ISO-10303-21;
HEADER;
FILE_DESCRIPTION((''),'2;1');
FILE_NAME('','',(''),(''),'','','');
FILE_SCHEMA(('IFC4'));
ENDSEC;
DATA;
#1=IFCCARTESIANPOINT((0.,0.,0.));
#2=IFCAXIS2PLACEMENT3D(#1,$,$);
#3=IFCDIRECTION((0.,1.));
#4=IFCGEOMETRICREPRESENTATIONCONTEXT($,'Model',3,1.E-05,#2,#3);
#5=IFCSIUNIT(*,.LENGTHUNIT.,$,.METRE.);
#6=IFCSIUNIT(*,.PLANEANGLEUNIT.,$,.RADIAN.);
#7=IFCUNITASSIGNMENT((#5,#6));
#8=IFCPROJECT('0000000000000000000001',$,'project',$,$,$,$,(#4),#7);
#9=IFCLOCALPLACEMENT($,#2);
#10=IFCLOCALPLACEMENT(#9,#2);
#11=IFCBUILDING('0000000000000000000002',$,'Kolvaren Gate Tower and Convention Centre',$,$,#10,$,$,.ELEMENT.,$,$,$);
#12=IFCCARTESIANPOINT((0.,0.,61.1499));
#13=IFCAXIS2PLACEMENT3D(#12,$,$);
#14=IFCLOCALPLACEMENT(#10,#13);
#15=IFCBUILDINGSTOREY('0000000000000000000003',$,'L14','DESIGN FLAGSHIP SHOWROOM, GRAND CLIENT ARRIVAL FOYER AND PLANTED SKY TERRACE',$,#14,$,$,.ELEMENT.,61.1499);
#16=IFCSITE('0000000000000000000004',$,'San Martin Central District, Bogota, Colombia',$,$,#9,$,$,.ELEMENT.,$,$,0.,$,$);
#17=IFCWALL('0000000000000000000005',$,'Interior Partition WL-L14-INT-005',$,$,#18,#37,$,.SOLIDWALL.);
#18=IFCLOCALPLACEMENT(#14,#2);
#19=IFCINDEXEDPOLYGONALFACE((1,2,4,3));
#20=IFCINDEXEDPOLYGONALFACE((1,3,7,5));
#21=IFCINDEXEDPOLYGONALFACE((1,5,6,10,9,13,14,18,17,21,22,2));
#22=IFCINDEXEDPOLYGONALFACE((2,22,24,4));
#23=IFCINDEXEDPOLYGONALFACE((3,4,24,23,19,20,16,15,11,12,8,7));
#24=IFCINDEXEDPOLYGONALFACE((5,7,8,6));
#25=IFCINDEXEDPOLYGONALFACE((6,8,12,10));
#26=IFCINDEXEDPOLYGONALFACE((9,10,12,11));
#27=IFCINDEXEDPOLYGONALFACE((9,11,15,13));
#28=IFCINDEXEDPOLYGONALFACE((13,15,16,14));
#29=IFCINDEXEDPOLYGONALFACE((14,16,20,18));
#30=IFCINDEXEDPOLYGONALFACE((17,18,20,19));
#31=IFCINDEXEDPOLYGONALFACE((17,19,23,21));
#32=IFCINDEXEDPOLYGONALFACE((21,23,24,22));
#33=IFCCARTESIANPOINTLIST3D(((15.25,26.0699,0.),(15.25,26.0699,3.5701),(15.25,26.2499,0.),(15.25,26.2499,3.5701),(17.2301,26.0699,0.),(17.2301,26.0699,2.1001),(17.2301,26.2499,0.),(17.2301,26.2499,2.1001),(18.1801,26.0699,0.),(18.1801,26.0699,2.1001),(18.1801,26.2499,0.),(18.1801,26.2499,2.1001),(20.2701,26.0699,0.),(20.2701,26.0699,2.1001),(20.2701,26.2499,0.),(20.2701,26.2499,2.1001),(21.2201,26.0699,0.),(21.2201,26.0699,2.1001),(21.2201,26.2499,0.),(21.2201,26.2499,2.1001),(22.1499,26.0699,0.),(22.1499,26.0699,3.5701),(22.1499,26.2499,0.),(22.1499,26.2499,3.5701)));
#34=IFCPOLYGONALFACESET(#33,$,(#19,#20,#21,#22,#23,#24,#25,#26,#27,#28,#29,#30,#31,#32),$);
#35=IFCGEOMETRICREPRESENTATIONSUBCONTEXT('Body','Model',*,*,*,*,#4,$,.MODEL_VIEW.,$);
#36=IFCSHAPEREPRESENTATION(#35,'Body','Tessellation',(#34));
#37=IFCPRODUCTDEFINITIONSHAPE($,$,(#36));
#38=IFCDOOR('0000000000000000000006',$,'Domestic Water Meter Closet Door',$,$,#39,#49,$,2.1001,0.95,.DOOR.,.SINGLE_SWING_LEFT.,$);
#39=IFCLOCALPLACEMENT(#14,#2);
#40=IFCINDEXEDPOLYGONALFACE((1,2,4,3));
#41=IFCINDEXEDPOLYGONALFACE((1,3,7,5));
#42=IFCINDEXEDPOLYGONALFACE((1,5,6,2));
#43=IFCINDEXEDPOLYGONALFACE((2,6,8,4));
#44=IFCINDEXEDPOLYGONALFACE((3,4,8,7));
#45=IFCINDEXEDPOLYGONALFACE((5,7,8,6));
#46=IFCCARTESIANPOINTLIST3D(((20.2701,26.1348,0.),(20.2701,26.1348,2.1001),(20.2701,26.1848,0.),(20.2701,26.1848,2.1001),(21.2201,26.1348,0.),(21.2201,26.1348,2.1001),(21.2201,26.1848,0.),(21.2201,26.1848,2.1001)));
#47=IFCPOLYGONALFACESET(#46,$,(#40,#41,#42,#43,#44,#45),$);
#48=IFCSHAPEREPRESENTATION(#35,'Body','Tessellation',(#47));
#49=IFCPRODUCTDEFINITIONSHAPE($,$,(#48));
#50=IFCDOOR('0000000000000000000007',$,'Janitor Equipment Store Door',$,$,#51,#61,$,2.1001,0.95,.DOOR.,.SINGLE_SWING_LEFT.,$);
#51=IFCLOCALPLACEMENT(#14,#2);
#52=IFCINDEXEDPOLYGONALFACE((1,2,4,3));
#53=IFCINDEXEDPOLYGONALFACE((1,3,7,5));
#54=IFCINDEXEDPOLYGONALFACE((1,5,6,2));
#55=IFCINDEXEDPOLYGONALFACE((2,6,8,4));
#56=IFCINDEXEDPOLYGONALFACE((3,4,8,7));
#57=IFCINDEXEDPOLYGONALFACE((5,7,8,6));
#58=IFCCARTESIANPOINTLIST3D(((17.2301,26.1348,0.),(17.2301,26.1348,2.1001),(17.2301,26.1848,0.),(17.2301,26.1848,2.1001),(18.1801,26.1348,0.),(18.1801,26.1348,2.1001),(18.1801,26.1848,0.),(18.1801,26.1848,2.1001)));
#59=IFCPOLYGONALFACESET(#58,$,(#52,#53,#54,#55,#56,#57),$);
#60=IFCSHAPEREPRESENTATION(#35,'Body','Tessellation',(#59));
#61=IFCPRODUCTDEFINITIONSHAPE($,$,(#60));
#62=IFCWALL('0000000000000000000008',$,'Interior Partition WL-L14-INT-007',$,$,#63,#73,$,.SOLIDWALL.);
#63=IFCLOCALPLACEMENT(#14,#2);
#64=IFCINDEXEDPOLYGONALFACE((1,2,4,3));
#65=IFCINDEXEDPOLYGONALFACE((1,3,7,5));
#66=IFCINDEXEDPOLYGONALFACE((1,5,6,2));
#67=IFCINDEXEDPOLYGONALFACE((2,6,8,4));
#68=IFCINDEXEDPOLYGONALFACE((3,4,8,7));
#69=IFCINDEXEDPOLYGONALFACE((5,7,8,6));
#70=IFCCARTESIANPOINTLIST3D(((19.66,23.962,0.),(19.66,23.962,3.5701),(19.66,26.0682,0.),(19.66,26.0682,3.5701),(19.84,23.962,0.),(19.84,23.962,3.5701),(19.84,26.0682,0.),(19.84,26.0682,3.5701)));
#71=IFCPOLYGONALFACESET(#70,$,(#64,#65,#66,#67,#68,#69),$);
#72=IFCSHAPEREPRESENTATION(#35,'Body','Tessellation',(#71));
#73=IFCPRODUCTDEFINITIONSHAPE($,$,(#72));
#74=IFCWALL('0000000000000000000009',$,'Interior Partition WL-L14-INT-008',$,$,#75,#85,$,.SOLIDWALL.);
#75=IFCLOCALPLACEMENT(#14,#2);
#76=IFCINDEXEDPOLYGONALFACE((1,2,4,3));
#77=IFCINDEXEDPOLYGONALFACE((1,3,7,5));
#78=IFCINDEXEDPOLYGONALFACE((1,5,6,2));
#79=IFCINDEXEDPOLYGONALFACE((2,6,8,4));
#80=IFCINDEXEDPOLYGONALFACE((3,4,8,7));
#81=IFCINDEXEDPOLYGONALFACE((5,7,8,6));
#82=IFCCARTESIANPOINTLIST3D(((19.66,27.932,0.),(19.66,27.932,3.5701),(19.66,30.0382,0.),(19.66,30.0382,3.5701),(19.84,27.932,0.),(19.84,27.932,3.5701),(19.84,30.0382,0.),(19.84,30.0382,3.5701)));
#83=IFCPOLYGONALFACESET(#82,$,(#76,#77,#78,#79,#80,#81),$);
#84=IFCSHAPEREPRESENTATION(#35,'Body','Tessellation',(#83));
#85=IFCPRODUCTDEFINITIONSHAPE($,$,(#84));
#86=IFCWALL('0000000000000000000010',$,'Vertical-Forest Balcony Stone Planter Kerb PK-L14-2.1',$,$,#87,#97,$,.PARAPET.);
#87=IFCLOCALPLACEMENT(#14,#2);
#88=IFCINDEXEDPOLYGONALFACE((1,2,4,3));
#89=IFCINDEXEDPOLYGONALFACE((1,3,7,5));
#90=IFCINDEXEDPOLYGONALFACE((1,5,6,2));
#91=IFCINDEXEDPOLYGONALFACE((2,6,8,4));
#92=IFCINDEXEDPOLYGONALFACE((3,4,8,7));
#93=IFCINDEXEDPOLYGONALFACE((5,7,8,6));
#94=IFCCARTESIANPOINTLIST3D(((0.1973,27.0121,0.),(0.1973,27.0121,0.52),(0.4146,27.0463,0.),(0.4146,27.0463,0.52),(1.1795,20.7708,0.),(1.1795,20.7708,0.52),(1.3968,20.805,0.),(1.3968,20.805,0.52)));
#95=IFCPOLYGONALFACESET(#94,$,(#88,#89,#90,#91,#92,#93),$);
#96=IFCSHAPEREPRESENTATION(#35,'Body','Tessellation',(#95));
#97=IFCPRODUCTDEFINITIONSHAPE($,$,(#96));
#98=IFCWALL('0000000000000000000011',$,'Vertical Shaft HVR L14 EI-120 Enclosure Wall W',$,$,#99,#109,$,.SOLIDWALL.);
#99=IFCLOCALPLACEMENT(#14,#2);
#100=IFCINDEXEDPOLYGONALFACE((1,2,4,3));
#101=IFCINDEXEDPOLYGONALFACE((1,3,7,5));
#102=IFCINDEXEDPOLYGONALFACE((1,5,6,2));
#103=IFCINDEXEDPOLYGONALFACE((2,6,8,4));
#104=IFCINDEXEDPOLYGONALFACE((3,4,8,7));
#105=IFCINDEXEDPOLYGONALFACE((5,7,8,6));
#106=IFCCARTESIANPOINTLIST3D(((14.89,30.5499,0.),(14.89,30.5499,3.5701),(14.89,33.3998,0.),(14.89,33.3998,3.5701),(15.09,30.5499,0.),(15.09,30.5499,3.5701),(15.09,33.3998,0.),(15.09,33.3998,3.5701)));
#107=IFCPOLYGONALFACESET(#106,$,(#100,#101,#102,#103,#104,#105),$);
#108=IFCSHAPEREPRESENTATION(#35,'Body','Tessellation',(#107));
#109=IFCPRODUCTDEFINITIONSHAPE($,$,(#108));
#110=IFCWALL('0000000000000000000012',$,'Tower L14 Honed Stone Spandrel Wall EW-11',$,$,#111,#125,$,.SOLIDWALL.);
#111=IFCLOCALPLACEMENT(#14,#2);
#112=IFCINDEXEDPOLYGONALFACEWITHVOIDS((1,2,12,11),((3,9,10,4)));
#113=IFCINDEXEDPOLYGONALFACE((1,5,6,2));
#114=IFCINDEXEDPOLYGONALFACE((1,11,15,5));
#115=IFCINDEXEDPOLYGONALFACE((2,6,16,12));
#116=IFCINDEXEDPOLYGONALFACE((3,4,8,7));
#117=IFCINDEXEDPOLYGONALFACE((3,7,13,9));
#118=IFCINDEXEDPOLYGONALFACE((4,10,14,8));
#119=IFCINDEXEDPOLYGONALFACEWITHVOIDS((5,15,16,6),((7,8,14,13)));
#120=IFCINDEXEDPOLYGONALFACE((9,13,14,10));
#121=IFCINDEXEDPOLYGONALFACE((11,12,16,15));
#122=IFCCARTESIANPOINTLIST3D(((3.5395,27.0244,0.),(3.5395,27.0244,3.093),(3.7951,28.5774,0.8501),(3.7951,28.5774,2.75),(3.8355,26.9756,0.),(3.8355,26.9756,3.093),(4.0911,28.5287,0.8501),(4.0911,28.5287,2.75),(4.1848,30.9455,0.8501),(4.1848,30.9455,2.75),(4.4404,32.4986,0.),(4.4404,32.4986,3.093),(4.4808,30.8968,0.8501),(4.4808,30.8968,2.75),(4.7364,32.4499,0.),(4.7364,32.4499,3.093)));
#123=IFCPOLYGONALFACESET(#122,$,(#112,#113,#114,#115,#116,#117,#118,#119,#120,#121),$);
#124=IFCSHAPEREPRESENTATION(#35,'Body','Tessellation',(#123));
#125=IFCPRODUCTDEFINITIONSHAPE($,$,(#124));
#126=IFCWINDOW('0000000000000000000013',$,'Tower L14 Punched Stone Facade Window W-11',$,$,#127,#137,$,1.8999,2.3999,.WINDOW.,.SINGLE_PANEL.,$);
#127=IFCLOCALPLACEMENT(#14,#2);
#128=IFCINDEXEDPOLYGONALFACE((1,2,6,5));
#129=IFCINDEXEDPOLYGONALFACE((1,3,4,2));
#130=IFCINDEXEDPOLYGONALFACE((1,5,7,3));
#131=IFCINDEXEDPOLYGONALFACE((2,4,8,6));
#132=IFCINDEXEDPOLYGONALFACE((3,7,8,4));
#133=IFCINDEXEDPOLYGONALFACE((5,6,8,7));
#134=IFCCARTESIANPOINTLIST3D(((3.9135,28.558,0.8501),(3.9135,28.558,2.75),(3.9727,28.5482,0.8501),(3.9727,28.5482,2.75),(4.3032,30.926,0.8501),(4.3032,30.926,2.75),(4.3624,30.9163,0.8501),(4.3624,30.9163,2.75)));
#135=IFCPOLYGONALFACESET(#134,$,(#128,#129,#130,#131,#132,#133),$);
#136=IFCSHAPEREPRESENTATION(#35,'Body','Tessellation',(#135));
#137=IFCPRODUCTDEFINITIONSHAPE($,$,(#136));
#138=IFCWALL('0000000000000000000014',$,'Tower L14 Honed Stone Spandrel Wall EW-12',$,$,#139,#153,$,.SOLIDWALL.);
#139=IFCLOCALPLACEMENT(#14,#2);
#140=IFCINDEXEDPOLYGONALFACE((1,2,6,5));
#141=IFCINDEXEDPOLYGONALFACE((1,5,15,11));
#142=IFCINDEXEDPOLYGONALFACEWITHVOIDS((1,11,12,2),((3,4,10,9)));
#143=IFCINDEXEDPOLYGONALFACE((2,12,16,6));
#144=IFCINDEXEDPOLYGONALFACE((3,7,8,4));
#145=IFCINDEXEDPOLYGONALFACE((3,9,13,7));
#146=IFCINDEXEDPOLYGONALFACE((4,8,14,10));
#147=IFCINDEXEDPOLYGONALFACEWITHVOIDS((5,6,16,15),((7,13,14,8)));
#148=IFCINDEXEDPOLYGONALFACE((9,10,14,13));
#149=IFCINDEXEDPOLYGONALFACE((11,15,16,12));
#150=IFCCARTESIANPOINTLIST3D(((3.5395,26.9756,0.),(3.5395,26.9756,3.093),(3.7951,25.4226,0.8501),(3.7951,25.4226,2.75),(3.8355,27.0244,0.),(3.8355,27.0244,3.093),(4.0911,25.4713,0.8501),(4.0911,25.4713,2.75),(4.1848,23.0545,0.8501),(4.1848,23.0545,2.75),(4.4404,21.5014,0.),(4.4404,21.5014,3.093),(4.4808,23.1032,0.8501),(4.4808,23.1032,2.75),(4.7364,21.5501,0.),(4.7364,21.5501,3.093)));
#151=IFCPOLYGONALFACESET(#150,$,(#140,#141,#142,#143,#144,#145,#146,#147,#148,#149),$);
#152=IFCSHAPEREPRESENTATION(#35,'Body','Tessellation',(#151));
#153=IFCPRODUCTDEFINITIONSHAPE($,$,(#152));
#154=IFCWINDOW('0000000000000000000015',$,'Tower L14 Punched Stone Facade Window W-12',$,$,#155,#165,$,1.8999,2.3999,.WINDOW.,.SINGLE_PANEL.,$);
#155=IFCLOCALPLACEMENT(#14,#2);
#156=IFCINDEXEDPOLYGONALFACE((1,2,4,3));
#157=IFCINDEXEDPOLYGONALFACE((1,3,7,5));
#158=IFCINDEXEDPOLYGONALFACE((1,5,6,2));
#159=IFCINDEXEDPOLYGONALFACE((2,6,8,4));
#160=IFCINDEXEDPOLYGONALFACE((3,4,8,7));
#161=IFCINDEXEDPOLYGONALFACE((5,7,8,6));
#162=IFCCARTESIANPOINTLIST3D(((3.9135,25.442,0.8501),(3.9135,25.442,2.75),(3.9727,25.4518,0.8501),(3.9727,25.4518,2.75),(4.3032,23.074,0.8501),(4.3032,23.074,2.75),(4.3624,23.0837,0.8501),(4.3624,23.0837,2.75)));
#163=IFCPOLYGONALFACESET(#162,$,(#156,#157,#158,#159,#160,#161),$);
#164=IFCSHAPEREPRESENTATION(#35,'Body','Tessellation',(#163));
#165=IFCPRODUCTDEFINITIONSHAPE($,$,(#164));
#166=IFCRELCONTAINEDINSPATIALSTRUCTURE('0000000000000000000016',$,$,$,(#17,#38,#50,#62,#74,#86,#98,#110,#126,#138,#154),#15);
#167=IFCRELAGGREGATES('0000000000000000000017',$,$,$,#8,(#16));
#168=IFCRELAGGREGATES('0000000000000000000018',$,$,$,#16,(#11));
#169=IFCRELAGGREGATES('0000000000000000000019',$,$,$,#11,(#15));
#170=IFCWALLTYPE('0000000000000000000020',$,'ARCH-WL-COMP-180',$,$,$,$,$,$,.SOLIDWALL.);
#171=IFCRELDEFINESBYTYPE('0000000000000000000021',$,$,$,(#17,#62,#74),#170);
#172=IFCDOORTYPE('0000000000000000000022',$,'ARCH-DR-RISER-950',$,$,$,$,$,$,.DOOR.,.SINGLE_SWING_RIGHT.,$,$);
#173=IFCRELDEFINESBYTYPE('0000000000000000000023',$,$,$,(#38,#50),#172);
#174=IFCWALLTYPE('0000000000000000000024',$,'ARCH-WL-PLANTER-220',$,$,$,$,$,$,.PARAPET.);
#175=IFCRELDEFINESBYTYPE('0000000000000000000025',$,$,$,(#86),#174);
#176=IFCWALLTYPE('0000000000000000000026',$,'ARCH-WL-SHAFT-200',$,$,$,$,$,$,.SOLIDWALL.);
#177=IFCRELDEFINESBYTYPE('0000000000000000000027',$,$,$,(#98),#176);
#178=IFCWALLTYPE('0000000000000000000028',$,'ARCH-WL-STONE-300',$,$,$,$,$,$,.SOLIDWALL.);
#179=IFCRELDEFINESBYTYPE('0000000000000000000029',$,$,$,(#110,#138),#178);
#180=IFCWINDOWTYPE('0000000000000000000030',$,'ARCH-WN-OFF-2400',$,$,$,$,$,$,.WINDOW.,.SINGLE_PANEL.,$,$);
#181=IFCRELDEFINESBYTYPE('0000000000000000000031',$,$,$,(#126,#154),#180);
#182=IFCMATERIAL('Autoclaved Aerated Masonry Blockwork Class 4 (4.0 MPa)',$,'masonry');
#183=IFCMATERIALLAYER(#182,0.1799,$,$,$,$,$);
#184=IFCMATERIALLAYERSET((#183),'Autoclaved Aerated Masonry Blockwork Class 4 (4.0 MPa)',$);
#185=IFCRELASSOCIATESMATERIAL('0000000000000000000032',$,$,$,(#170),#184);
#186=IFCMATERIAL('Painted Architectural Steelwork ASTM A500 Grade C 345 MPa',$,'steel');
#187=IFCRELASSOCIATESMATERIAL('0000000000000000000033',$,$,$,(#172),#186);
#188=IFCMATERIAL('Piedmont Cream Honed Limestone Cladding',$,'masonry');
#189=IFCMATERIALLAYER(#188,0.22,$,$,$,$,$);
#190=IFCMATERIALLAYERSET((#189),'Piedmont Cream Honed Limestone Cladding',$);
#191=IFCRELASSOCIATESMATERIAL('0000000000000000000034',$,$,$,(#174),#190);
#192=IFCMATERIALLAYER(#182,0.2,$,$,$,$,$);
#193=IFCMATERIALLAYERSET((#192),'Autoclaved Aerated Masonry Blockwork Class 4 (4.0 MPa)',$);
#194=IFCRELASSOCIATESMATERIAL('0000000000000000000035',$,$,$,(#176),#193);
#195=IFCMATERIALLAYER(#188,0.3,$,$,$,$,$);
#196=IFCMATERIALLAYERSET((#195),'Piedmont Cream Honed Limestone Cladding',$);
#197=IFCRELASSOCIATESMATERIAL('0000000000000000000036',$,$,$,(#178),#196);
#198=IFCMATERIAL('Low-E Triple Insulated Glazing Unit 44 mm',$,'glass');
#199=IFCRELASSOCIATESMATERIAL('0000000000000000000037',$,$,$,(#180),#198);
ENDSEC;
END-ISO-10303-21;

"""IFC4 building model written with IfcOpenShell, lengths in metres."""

from ifc_helpers import new_model, si_unit, direction, frame, frame_2d, origin, place, context, subcontext, project, spatial, rectangle, extrude, material, layer, layer_set, type_object, element, fill, save


model = new_model("IFC4")

# Units and contexts
model_context = context("Model", 3, precision=1e-05, world=origin(), true_north=direction((0.0, 1.0)))
body_context = subcontext(model_context, "Body", "Model", "MODEL_VIEW")
ifc_project = project(units=[si_unit("LENGTHUNIT", "METRE"), si_unit("PLANEANGLEUNIT", "RADIAN")], contexts=[model_context])

# Site, building, storey
site_placement = place(None, origin())
site = spatial("IfcSite", under=ifc_project, at=site_placement, Name="San Martin Central District, Bogota, Colombia", CompositionType="ELEMENT", RefElevation=0.0)
building_placement = place(site_placement, origin())
building = spatial("IfcBuilding", under=site, at=building_placement, Name="Kolvaren Gate Tower and Convention Centre", CompositionType="ELEMENT")
storey_placement = place(building_placement, frame((0.0, 0.0, 61.1499)))
storey = spatial("IfcBuildingStorey", under=building, at=storey_placement, Name="L14", Description="DESIGN FLAGSHIP SHOWROOM, GRAND CLIENT ARRIVAL FOYER AND PLANTED SKY TERRACE", CompositionType="ELEMENT", Elevation=61.1499)

# Wall, openings, doors
ifc_material_1 = material(Name="Autoclaved Aerated Masonry Blockwork Class 4 (4.0 MPa)", Category="masonry")
ifc_layer_1 = layer(ifc_material_1, 0.1799)
ifc_layer_set_1 = layer_set([ifc_layer_1], Name="Autoclaved Aerated Masonry Blockwork Class 4 (4.0 MPa)")
wall_type_1 = type_object("IfcWallType", Name="ARCH-WL-COMP-180", PredefinedType="SOLIDWALL", material=ifc_layer_set_1)
ifc_material_2 = material(Name="Painted Architectural Steelwork ASTM A500 Grade C 345 MPa", Category="steel")
door_type = type_object("IfcDoorType", Name="ARCH-DR-RISER-950", OperationType="SINGLE_SWING_RIGHT", PredefinedType="DOOR", material=ifc_material_2)
wall_1_placement = place(storey_placement, frame((15.25, 26.1599, 0.0), z_axis=(0.0, 0.0, 1.0), x_axis=(1.0, 0.0, 0.0)))
wall_1 = element("IfcWall", 1, at=wall_1_placement, inside=storey, type_object=wall_type_1, Name="Interior Partition WL-L14-INT-005", PredefinedType="SOLIDWALL", context=body_context, shape_type="SweptSolid", body=[
    extrude(rectangle(XDim=6.8999, YDim=0.1799, at=frame_2d((3.45, 0.0))), origin(), (0.0, 0.0, 1.0), 3.5701),
])
opening_1_placement = place(wall_1_placement, frame((5.02, 0.0, 0.0)))
opening_1 = element("IfcOpeningElement", 2, at=opening_1_placement, cuts=wall_1, PredefinedType="OPENING", context=body_context, shape_type="SweptSolid", body=[
    extrude(rectangle(XDim=0.95, YDim=2.1001, at=frame_2d((0.4751, 1.05))), frame((0.0, 0.0999, 0.0), z_axis=(0.0, -1.0, 0.0), x_axis=(1.0, 0.0, 0.0)), (0.0, 0.0, 1.0), 0.2),
])
opening_2_placement = place(wall_1_placement, frame((1.98, 0.0, 0.0)))
opening_2 = element("IfcOpeningElement", 3, at=opening_2_placement, cuts=wall_1, PredefinedType="OPENING", context=body_context, shape_type="SweptSolid", body=[
    extrude(rectangle(XDim=0.95, YDim=2.1001, at=frame_2d((0.4751, 1.05))), frame((0.0, 0.0999, 0.0), z_axis=(0.0, -1.0, 0.0), x_axis=(1.0, 0.0, 0.0)), (0.0, 0.0, 1.0), 0.2),
])
door_1_placement = place(opening_1_placement, origin())
door_1 = element("IfcDoor", 4, at=door_1_placement, inside=storey, type_object=door_type, Name="Domestic Water Meter Closet Door", OperationType="SINGLE_SWING_LEFT", OverallHeight=2.1001, OverallWidth=0.95, PredefinedType="DOOR", context=body_context, shape_type="SweptSolid", body=[
    extrude(rectangle(XDim=0.95, YDim=2.1001, at=frame_2d((0.4751, 1.05))), frame((0.0, 0.0249, 0.0), z_axis=(0.0, -1.0, 0.0), x_axis=(1.0, 0.0, 0.0)), (0.0, 0.0, 1.0), 0.05),
])
fill(opening_1, door_1)
door_2_placement = place(opening_2_placement, origin())
door_2 = element("IfcDoor", 5, at=door_2_placement, inside=storey, type_object=door_type, Name="Janitor Equipment Store Door", OperationType="SINGLE_SWING_LEFT", OverallHeight=2.1001, OverallWidth=0.95, PredefinedType="DOOR", context=body_context, shape_type="SweptSolid", body=[
    extrude(rectangle(XDim=0.95, YDim=2.1001, at=frame_2d((0.4751, 1.05))), frame((0.0, 0.0249, 0.0), z_axis=(0.0, -1.0, 0.0), x_axis=(1.0, 0.0, 0.0)), (0.0, 0.0, 1.0), 0.05),
])
fill(opening_2, door_2)

# Walls
for number, where, z_axis, x_axis, name in (
    (6, (19.75, 23.9619, 0.0), (0.0, 0.0, 1.0), (0.0, 1.0, 0.0), "Interior Partition WL-L14-INT-007"),
    (7, (19.75, 27.9319, 0.0), (0.0, 0.0, 1.0), (0.0, 1.0, 0.0), "Interior Partition WL-L14-INT-008"),
):
    element("IfcWall", number, at=place(storey_placement, frame(where, z_axis=z_axis, x_axis=x_axis)), inside=storey, type_object=wall_type_1, Name=name, PredefinedType="SOLIDWALL", context=body_context, shape_type="SweptSolid", body=[
        extrude(rectangle(XDim=2.1062, YDim=0.1799, at=frame_2d((1.0532, 0.0))), origin(), (0.0, 0.0, 1.0), 3.5701),
    ])
ifc_material_3 = material(Name="Piedmont Cream Honed Limestone Cladding", Category="masonry")
ifc_layer_2 = layer(ifc_material_3, 0.22)
ifc_layer_set_2 = layer_set([ifc_layer_2], Name="Piedmont Cream Honed Limestone Cladding")
wall_type_2 = type_object("IfcWallType", Name="ARCH-WL-PLANTER-220", PredefinedType="PARAPET", material=ifc_layer_set_2)
wall_2_placement = place(storey_placement, frame((0.3059, 27.0293, 0.0), z_axis=(0.0, 0.0, 1.0), x_axis=(0.155457, -0.987843, 0.0)))
element("IfcWall", 8, at=wall_2_placement, inside=storey, type_object=wall_type_2, Name="Vertical-Forest Balcony Stone Planter Kerb PK-L14-2.1", PredefinedType="PARAPET", context=body_context, shape_type="SweptSolid", body=[
    extrude(rectangle(XDim=6.3181, YDim=0.22, at=frame_2d((3.1592, 0.0))), origin(), (0.0, 0.0, 1.0), 0.52),
])
ifc_layer_3 = layer(ifc_material_1, 0.2)
ifc_layer_set_3 = layer_set([ifc_layer_3], Name="Autoclaved Aerated Masonry Blockwork Class 4 (4.0 MPa)")
wall_type_3 = type_object("IfcWallType", Name="ARCH-WL-SHAFT-200", PredefinedType="SOLIDWALL", material=ifc_layer_set_3)
wall_3_placement = place(storey_placement, frame((14.99, 30.55, 0.0), z_axis=(0.0, 0.0, 1.0), x_axis=(0.0, 1.0, 0.0)))
element("IfcWall", 9, at=wall_3_placement, inside=storey, type_object=wall_type_3, Name="Vertical Shaft HVR L14 EI-120 Enclosure Wall W", PredefinedType="SOLIDWALL", context=body_context, shape_type="SweptSolid", body=[
    extrude(rectangle(XDim=2.8499, YDim=0.2, at=frame_2d((1.4248, 0.0))), origin(), (0.0, 0.0, 1.0), 3.5701),
])

# Walls, openings, windows
ifc_layer_4 = layer(ifc_material_3, 0.3)
ifc_layer_set_4 = layer_set([ifc_layer_4], Name="Piedmont Cream Honed Limestone Cladding")
wall_type_4 = type_object("IfcWallType", Name="ARCH-WL-STONE-300", PredefinedType="SOLIDWALL", material=ifc_layer_set_4)
wall_4_placement = place(storey_placement, frame((3.6875, 27.0, 0.0), z_axis=(0.0, 0.0, 1.0), x_axis=(0.162386, 0.986727, 0.0)))
wall_4 = element("IfcWall", 10, at=wall_4_placement, inside=storey, type_object=wall_type_4, Name="Tower L14 Honed Stone Spandrel Wall EW-11", PredefinedType="SOLIDWALL", context=body_context, shape_type="SweptSolid", body=[
    extrude(rectangle(XDim=5.5479, YDim=0.3, at=frame_2d((2.7739, 0.0))), origin(), (0.0, 0.0, 1.0), 3.093),
])
opening_3_placement = place(wall_4_placement, frame((1.574, 0.0, 0.8501)))
opening_3 = element("IfcOpeningElement", 11, at=opening_3_placement, cuts=wall_4, PredefinedType="OPENING", context=body_context, shape_type="SweptSolid", body=[
    extrude(rectangle(XDim=2.3999, YDim=1.8999, at=frame_2d((1.2, 0.95))), frame((0.0, 0.1599, 0.0), z_axis=(0.0, -1.0, 0.0), x_axis=(1.0, 0.0, 0.0)), (0.0, 0.0, 1.0), 0.3201),
])
ifc_material_4 = material(Name="Low-E Triple Insulated Glazing Unit 44 mm", Category="glass")
window_type = type_object("IfcWindowType", Name="ARCH-WN-OFF-2400", PartitioningType="SINGLE_PANEL", PredefinedType="WINDOW", material=ifc_material_4)
window_1_placement = place(opening_3_placement, origin())
window_1 = element("IfcWindow", 12, at=window_1_placement, inside=storey, type_object=window_type, Name="Tower L14 Punched Stone Facade Window W-11", OverallHeight=1.8999, OverallWidth=2.3999, PartitioningType="SINGLE_PANEL", PredefinedType="WINDOW", context=body_context, shape_type="SweptSolid", body=[
    extrude(rectangle(XDim=2.3999, YDim=1.8999, at=frame_2d((1.2, 0.95))), frame((0.0, 0.03, 0.0), z_axis=(0.0, -1.0, 0.0), x_axis=(1.0, 0.0, 0.0)), (0.0, 0.0, 1.0), 0.0601),
])
fill(opening_3, window_1)
wall_5_placement = place(storey_placement, frame((3.6875, 27.0, 0.0), z_axis=(0.0, 0.0, 1.0), x_axis=(0.162386, -0.986727, 0.0)))
wall_5 = element("IfcWall", 13, at=wall_5_placement, inside=storey, type_object=wall_type_4, Name="Tower L14 Honed Stone Spandrel Wall EW-12", PredefinedType="SOLIDWALL", context=body_context, shape_type="SweptSolid", body=[
    extrude(rectangle(XDim=5.5479, YDim=0.3, at=frame_2d((2.7739, 0.0))), origin(), (0.0, 0.0, 1.0), 3.093),
])
opening_4_placement = place(wall_5_placement, frame((1.574, 0.0, 0.8501)))
opening_4 = element("IfcOpeningElement", 14, at=opening_4_placement, cuts=wall_5, PredefinedType="OPENING", context=body_context, shape_type="SweptSolid", body=[
    extrude(rectangle(XDim=2.3999, YDim=1.8999, at=frame_2d((1.2, 0.95))), frame((0.0, 0.1599, 0.0), z_axis=(0.0, -1.0, 0.0), x_axis=(1.0, 0.0, 0.0)), (0.0, 0.0, 1.0), 0.3201),
])
window_2_placement = place(opening_4_placement, origin())
window_2 = element("IfcWindow", 15, at=window_2_placement, inside=storey, type_object=window_type, Name="Tower L14 Punched Stone Facade Window W-12", OverallHeight=1.8999, OverallWidth=2.3999, PartitioningType="SINGLE_PANEL", PredefinedType="WINDOW", context=body_context, shape_type="SweptSolid", body=[
    extrude(rectangle(XDim=2.3999, YDim=1.8999, at=frame_2d((1.2, 0.95))), frame((0.0, 0.03, 0.0), z_axis=(0.0, -1.0, 0.0), x_axis=(1.0, 0.0, 0.0)), (0.0, 0.0, 1.0), 0.0601),
])
fill(opening_4, window_2)

save(model, "model.ifc")
